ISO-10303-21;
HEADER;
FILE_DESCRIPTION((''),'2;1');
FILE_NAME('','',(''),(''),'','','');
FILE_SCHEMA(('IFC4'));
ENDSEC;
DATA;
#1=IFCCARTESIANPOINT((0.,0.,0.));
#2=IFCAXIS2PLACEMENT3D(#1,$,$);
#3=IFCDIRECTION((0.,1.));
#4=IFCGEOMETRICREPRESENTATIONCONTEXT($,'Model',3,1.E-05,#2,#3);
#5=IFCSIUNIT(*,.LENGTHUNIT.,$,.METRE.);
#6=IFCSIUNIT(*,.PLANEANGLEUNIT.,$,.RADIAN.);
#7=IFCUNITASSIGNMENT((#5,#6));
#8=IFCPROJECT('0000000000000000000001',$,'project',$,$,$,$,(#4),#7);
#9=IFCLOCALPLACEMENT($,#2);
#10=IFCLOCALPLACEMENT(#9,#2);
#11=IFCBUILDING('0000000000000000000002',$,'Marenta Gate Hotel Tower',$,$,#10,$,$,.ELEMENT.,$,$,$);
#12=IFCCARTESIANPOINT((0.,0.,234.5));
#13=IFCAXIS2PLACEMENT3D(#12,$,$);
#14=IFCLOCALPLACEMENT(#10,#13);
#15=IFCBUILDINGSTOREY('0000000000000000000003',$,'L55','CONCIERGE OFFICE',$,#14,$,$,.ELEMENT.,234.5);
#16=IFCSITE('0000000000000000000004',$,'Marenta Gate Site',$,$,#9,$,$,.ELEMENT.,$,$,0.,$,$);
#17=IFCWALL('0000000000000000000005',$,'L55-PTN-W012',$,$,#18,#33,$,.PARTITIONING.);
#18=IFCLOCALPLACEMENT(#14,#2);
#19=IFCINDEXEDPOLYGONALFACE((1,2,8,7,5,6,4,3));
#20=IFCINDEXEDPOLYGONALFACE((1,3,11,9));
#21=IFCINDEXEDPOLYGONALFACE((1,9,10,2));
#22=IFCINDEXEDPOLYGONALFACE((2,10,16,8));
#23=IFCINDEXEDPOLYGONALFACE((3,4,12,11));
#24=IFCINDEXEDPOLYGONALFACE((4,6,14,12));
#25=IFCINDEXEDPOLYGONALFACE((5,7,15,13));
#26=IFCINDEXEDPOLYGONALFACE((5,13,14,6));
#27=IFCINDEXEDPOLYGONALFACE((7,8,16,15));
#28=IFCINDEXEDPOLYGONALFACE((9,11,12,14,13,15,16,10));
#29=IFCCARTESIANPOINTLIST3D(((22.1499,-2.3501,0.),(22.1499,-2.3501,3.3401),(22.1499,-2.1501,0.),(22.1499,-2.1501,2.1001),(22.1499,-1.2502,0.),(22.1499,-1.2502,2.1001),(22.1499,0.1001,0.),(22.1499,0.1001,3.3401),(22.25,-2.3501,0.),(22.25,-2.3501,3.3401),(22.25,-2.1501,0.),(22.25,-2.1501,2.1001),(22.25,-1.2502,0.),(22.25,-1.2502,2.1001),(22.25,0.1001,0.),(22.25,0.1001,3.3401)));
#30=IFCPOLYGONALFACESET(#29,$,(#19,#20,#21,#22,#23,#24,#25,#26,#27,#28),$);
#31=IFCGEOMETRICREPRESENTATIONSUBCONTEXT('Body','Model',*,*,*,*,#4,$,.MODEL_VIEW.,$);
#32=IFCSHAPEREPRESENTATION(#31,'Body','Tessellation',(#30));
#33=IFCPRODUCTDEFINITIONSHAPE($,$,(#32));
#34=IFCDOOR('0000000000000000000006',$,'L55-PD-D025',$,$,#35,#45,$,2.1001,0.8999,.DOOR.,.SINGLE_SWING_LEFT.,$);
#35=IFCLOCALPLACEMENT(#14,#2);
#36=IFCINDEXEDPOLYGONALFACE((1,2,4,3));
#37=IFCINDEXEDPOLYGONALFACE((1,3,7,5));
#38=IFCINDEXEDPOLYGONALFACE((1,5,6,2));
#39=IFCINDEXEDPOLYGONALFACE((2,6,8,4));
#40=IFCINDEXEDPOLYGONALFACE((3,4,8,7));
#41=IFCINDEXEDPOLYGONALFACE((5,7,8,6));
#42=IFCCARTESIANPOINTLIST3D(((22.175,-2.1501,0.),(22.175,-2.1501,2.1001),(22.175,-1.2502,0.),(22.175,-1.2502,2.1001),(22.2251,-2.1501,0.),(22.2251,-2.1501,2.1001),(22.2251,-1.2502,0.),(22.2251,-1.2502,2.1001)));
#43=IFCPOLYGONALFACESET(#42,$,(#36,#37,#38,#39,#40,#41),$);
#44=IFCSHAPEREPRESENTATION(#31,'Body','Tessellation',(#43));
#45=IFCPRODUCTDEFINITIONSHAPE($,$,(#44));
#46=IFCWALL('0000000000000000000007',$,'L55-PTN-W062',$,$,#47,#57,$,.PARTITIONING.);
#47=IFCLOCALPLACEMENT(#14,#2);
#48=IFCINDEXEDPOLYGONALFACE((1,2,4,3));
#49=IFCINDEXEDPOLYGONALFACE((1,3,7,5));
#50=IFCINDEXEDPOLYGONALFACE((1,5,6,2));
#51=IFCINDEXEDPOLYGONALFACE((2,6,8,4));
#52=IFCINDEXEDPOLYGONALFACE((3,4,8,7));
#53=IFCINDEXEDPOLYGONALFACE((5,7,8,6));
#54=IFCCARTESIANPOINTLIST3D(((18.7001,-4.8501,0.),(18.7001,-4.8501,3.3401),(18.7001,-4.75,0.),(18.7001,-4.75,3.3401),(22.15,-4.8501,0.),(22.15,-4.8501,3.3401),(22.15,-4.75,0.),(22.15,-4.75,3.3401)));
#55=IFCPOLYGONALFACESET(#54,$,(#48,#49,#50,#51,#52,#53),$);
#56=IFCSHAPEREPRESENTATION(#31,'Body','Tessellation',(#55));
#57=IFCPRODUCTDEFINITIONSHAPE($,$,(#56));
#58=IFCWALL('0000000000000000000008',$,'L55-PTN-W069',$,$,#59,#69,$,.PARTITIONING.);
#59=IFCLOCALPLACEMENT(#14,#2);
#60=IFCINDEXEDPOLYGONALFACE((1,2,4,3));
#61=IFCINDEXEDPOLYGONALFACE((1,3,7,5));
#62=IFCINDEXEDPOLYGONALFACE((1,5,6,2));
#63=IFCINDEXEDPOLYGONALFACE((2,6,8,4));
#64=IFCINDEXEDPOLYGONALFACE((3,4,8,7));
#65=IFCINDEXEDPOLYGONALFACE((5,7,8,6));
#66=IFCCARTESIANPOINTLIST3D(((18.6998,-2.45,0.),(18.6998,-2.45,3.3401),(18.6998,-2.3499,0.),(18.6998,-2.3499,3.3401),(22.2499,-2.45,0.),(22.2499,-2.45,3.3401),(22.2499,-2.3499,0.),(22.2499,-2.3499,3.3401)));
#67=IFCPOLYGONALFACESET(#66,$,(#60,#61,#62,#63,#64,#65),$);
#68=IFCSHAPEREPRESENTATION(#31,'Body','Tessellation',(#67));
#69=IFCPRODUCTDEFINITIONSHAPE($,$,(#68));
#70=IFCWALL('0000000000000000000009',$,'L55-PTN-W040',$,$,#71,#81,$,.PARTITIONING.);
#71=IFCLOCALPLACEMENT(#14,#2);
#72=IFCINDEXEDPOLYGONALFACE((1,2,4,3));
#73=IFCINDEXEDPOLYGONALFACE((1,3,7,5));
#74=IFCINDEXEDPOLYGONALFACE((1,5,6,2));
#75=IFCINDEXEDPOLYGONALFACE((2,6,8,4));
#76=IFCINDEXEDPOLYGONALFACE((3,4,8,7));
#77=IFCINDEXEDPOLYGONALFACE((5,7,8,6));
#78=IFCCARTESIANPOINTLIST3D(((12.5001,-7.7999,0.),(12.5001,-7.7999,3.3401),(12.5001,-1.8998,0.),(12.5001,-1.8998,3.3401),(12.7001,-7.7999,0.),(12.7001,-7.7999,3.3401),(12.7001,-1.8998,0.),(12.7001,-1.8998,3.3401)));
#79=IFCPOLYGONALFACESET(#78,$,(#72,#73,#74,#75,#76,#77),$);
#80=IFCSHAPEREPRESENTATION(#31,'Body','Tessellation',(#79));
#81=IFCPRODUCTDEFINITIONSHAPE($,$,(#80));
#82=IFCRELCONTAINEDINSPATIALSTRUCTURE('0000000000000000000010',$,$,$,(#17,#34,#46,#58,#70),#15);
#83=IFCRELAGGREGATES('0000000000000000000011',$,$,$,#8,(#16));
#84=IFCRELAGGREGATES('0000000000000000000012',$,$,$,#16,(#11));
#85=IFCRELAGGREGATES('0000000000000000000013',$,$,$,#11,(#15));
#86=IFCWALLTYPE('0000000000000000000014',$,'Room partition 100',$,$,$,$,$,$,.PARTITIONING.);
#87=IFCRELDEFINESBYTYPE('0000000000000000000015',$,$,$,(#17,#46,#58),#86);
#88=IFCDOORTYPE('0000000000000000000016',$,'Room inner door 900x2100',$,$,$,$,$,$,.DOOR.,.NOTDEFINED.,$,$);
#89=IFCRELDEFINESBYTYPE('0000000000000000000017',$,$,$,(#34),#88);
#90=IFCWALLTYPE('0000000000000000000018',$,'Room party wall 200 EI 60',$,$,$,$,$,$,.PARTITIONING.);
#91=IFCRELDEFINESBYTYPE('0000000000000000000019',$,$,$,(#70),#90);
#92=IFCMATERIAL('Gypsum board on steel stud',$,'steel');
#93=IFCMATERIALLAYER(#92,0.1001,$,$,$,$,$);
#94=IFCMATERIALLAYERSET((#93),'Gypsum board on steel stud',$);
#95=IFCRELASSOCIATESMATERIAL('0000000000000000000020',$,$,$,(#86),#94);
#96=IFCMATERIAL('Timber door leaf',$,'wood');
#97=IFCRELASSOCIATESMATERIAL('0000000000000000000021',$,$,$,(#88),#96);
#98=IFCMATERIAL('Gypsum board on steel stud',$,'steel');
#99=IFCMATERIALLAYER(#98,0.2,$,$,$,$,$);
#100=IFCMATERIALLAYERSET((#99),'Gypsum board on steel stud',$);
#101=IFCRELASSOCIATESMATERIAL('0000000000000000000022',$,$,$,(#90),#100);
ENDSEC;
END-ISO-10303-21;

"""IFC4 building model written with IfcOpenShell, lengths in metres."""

from ifc_helpers import new_model, si_unit, direction, frame, frame_2d, origin, place, context, subcontext, project, spatial, rectangle, extrude, material, layer, layer_set, type_object, element, fill, save


model = new_model("IFC4")

# Units and contexts
model_context = context("Model", 3, precision=1e-05, world=origin(), true_north=direction((0.0, 1.0)))
body_context = subcontext(model_context, "Body", "Model", "MODEL_VIEW")
ifc_project = project(units=[si_unit("LENGTHUNIT", "METRE"), si_unit("PLANEANGLEUNIT", "RADIAN")], contexts=[model_context])

# Site, building, storey
site_placement = place(None, origin())
site = spatial("IfcSite", under=ifc_project, at=site_placement, Name="Marenta Gate Site", CompositionType="ELEMENT", RefElevation=0.0)
building_placement = place(site_placement, origin())
building = spatial("IfcBuilding", under=site, at=building_placement, Name="Marenta Gate Hotel Tower", CompositionType="ELEMENT")
storey_placement = place(building_placement, frame((0.0, 0.0, 234.5)))
storey = spatial("IfcBuildingStorey", under=building, at=storey_placement, Name="L55", Description="CONCIERGE OFFICE", CompositionType="ELEMENT", Elevation=234.5)

# Wall, opening, door
ifc_material_1 = material(Name="Gypsum board on steel stud", Category="steel")
ifc_layer_1 = layer(ifc_material_1, 0.1001)
ifc_layer_set_1 = layer_set([ifc_layer_1], Name="Gypsum board on steel stud")
wall_type_1 = type_object("IfcWallType", Name="Room partition 100", PredefinedType="PARTITIONING", material=ifc_layer_set_1)
wall_1_placement = place(storey_placement, frame((22.2, -2.3501, 0.0), z_axis=(0.0, 0.0, 1.0), x_axis=(0.0, 1.0, 0.0)))
wall_1 = element("IfcWall", 1, at=wall_1_placement, inside=storey, type_object=wall_type_1, Name="L55-PTN-W012", PredefinedType="PARTITIONING", context=body_context, shape_type="SweptSolid", body=[
    extrude(rectangle(XDim=2.4502, YDim=0.1001, at=frame_2d((1.2251, 0.0))), origin(), (0.0, 0.0, 1.0), 3.3401),
])
opening_placement = place(wall_1_placement, frame((0.2, 0.0, 0.0)))
opening = element("IfcOpeningElement", 2, at=opening_placement, cuts=wall_1, PredefinedType="OPENING", context=body_context, shape_type="SweptSolid", body=[
    extrude(rectangle(XDim=0.8999, YDim=2.1001, at=frame_2d((0.45, 1.05))), frame((0.0, 0.05, 0.0), z_axis=(0.0, -1.0, 0.0), x_axis=(1.0, 0.0, 0.0)), (0.0, 0.0, 1.0), 0.1001),
])
ifc_material_2 = material(Name="Timber door leaf", Category="wood")
door_type = type_object("IfcDoorType", Name="Room inner door 900x2100", OperationType="NOTDEFINED", PredefinedType="DOOR", material=ifc_material_2)
door_placement = place(opening_placement, origin())
door = element("IfcDoor", 3, at=door_placement, inside=storey, type_object=door_type, Name="L55-PD-D025", OperationType="SINGLE_SWING_LEFT", OverallHeight=2.1001, OverallWidth=0.8999, PredefinedType="DOOR", context=body_context, shape_type="SweptSolid", body=[
    extrude(rectangle(XDim=0.8999, YDim=2.1001, at=frame_2d((0.45, 1.05))), frame((0.0, 0.0249, 0.0), z_axis=(0.0, -1.0, 0.0), x_axis=(1.0, 0.0, 0.0)), (0.0, 0.0, 1.0), 0.05),
])
fill(opening, door)

# Walls
wall_2_placement = place(storey_placement, frame((18.7, -4.8, 0.0), z_axis=(0.0, 0.0, 1.0), x_axis=(1.0, 0.0, 0.0)))
element("IfcWall", 4, at=wall_2_placement, inside=storey, type_object=wall_type_1, Name="L55-PTN-W062", PredefinedType="PARTITIONING", context=body_context, shape_type="SweptSolid", body=[
    extrude(rectangle(XDim=3.45, YDim=0.1001, at=frame_2d((1.7251, 0.0))), origin(), (0.0, 0.0, 1.0), 3.3401),
])
wall_3_placement = place(storey_placement, frame((18.7, -2.3999, 0.0), z_axis=(0.0, 0.0, 1.0), x_axis=(1.0, 0.0, 0.0)))
element("IfcWall", 5, at=wall_3_placement, inside=storey, type_object=wall_type_1, Name="L55-PTN-W069", PredefinedType="PARTITIONING", context=body_context, shape_type="SweptSolid", body=[
    extrude(rectangle(XDim=3.55, YDim=0.1001, at=frame_2d((1.7749, 0.0))), origin(), (0.0, 0.0, 1.0), 3.3401),
])
ifc_material_3 = material(Name="Gypsum board on steel stud", Category="steel")
ifc_layer_2 = layer(ifc_material_3, 0.2)
ifc_layer_set_2 = layer_set([ifc_layer_2], Name="Gypsum board on steel stud")
wall_type_2 = type_object("IfcWallType", Name="Room party wall 200 EI 60", PredefinedType="PARTITIONING", material=ifc_layer_set_2)
wall_4_placement = place(storey_placement, frame((12.6001, -7.8, 0.0), z_axis=(0.0, 0.0, 1.0), x_axis=(0.0, 1.0, 0.0)))
element("IfcWall", 6, at=wall_4_placement, inside=storey, type_object=wall_type_2, Name="L55-PTN-W040", PredefinedType="PARTITIONING", context=body_context, shape_type="SweptSolid", body=[
    extrude(rectangle(XDim=5.9001, YDim=0.2, at=frame_2d((2.9502, 0.0))), origin(), (0.0, 0.0, 1.0), 3.3401),
])

save(model, "model.ifc")
